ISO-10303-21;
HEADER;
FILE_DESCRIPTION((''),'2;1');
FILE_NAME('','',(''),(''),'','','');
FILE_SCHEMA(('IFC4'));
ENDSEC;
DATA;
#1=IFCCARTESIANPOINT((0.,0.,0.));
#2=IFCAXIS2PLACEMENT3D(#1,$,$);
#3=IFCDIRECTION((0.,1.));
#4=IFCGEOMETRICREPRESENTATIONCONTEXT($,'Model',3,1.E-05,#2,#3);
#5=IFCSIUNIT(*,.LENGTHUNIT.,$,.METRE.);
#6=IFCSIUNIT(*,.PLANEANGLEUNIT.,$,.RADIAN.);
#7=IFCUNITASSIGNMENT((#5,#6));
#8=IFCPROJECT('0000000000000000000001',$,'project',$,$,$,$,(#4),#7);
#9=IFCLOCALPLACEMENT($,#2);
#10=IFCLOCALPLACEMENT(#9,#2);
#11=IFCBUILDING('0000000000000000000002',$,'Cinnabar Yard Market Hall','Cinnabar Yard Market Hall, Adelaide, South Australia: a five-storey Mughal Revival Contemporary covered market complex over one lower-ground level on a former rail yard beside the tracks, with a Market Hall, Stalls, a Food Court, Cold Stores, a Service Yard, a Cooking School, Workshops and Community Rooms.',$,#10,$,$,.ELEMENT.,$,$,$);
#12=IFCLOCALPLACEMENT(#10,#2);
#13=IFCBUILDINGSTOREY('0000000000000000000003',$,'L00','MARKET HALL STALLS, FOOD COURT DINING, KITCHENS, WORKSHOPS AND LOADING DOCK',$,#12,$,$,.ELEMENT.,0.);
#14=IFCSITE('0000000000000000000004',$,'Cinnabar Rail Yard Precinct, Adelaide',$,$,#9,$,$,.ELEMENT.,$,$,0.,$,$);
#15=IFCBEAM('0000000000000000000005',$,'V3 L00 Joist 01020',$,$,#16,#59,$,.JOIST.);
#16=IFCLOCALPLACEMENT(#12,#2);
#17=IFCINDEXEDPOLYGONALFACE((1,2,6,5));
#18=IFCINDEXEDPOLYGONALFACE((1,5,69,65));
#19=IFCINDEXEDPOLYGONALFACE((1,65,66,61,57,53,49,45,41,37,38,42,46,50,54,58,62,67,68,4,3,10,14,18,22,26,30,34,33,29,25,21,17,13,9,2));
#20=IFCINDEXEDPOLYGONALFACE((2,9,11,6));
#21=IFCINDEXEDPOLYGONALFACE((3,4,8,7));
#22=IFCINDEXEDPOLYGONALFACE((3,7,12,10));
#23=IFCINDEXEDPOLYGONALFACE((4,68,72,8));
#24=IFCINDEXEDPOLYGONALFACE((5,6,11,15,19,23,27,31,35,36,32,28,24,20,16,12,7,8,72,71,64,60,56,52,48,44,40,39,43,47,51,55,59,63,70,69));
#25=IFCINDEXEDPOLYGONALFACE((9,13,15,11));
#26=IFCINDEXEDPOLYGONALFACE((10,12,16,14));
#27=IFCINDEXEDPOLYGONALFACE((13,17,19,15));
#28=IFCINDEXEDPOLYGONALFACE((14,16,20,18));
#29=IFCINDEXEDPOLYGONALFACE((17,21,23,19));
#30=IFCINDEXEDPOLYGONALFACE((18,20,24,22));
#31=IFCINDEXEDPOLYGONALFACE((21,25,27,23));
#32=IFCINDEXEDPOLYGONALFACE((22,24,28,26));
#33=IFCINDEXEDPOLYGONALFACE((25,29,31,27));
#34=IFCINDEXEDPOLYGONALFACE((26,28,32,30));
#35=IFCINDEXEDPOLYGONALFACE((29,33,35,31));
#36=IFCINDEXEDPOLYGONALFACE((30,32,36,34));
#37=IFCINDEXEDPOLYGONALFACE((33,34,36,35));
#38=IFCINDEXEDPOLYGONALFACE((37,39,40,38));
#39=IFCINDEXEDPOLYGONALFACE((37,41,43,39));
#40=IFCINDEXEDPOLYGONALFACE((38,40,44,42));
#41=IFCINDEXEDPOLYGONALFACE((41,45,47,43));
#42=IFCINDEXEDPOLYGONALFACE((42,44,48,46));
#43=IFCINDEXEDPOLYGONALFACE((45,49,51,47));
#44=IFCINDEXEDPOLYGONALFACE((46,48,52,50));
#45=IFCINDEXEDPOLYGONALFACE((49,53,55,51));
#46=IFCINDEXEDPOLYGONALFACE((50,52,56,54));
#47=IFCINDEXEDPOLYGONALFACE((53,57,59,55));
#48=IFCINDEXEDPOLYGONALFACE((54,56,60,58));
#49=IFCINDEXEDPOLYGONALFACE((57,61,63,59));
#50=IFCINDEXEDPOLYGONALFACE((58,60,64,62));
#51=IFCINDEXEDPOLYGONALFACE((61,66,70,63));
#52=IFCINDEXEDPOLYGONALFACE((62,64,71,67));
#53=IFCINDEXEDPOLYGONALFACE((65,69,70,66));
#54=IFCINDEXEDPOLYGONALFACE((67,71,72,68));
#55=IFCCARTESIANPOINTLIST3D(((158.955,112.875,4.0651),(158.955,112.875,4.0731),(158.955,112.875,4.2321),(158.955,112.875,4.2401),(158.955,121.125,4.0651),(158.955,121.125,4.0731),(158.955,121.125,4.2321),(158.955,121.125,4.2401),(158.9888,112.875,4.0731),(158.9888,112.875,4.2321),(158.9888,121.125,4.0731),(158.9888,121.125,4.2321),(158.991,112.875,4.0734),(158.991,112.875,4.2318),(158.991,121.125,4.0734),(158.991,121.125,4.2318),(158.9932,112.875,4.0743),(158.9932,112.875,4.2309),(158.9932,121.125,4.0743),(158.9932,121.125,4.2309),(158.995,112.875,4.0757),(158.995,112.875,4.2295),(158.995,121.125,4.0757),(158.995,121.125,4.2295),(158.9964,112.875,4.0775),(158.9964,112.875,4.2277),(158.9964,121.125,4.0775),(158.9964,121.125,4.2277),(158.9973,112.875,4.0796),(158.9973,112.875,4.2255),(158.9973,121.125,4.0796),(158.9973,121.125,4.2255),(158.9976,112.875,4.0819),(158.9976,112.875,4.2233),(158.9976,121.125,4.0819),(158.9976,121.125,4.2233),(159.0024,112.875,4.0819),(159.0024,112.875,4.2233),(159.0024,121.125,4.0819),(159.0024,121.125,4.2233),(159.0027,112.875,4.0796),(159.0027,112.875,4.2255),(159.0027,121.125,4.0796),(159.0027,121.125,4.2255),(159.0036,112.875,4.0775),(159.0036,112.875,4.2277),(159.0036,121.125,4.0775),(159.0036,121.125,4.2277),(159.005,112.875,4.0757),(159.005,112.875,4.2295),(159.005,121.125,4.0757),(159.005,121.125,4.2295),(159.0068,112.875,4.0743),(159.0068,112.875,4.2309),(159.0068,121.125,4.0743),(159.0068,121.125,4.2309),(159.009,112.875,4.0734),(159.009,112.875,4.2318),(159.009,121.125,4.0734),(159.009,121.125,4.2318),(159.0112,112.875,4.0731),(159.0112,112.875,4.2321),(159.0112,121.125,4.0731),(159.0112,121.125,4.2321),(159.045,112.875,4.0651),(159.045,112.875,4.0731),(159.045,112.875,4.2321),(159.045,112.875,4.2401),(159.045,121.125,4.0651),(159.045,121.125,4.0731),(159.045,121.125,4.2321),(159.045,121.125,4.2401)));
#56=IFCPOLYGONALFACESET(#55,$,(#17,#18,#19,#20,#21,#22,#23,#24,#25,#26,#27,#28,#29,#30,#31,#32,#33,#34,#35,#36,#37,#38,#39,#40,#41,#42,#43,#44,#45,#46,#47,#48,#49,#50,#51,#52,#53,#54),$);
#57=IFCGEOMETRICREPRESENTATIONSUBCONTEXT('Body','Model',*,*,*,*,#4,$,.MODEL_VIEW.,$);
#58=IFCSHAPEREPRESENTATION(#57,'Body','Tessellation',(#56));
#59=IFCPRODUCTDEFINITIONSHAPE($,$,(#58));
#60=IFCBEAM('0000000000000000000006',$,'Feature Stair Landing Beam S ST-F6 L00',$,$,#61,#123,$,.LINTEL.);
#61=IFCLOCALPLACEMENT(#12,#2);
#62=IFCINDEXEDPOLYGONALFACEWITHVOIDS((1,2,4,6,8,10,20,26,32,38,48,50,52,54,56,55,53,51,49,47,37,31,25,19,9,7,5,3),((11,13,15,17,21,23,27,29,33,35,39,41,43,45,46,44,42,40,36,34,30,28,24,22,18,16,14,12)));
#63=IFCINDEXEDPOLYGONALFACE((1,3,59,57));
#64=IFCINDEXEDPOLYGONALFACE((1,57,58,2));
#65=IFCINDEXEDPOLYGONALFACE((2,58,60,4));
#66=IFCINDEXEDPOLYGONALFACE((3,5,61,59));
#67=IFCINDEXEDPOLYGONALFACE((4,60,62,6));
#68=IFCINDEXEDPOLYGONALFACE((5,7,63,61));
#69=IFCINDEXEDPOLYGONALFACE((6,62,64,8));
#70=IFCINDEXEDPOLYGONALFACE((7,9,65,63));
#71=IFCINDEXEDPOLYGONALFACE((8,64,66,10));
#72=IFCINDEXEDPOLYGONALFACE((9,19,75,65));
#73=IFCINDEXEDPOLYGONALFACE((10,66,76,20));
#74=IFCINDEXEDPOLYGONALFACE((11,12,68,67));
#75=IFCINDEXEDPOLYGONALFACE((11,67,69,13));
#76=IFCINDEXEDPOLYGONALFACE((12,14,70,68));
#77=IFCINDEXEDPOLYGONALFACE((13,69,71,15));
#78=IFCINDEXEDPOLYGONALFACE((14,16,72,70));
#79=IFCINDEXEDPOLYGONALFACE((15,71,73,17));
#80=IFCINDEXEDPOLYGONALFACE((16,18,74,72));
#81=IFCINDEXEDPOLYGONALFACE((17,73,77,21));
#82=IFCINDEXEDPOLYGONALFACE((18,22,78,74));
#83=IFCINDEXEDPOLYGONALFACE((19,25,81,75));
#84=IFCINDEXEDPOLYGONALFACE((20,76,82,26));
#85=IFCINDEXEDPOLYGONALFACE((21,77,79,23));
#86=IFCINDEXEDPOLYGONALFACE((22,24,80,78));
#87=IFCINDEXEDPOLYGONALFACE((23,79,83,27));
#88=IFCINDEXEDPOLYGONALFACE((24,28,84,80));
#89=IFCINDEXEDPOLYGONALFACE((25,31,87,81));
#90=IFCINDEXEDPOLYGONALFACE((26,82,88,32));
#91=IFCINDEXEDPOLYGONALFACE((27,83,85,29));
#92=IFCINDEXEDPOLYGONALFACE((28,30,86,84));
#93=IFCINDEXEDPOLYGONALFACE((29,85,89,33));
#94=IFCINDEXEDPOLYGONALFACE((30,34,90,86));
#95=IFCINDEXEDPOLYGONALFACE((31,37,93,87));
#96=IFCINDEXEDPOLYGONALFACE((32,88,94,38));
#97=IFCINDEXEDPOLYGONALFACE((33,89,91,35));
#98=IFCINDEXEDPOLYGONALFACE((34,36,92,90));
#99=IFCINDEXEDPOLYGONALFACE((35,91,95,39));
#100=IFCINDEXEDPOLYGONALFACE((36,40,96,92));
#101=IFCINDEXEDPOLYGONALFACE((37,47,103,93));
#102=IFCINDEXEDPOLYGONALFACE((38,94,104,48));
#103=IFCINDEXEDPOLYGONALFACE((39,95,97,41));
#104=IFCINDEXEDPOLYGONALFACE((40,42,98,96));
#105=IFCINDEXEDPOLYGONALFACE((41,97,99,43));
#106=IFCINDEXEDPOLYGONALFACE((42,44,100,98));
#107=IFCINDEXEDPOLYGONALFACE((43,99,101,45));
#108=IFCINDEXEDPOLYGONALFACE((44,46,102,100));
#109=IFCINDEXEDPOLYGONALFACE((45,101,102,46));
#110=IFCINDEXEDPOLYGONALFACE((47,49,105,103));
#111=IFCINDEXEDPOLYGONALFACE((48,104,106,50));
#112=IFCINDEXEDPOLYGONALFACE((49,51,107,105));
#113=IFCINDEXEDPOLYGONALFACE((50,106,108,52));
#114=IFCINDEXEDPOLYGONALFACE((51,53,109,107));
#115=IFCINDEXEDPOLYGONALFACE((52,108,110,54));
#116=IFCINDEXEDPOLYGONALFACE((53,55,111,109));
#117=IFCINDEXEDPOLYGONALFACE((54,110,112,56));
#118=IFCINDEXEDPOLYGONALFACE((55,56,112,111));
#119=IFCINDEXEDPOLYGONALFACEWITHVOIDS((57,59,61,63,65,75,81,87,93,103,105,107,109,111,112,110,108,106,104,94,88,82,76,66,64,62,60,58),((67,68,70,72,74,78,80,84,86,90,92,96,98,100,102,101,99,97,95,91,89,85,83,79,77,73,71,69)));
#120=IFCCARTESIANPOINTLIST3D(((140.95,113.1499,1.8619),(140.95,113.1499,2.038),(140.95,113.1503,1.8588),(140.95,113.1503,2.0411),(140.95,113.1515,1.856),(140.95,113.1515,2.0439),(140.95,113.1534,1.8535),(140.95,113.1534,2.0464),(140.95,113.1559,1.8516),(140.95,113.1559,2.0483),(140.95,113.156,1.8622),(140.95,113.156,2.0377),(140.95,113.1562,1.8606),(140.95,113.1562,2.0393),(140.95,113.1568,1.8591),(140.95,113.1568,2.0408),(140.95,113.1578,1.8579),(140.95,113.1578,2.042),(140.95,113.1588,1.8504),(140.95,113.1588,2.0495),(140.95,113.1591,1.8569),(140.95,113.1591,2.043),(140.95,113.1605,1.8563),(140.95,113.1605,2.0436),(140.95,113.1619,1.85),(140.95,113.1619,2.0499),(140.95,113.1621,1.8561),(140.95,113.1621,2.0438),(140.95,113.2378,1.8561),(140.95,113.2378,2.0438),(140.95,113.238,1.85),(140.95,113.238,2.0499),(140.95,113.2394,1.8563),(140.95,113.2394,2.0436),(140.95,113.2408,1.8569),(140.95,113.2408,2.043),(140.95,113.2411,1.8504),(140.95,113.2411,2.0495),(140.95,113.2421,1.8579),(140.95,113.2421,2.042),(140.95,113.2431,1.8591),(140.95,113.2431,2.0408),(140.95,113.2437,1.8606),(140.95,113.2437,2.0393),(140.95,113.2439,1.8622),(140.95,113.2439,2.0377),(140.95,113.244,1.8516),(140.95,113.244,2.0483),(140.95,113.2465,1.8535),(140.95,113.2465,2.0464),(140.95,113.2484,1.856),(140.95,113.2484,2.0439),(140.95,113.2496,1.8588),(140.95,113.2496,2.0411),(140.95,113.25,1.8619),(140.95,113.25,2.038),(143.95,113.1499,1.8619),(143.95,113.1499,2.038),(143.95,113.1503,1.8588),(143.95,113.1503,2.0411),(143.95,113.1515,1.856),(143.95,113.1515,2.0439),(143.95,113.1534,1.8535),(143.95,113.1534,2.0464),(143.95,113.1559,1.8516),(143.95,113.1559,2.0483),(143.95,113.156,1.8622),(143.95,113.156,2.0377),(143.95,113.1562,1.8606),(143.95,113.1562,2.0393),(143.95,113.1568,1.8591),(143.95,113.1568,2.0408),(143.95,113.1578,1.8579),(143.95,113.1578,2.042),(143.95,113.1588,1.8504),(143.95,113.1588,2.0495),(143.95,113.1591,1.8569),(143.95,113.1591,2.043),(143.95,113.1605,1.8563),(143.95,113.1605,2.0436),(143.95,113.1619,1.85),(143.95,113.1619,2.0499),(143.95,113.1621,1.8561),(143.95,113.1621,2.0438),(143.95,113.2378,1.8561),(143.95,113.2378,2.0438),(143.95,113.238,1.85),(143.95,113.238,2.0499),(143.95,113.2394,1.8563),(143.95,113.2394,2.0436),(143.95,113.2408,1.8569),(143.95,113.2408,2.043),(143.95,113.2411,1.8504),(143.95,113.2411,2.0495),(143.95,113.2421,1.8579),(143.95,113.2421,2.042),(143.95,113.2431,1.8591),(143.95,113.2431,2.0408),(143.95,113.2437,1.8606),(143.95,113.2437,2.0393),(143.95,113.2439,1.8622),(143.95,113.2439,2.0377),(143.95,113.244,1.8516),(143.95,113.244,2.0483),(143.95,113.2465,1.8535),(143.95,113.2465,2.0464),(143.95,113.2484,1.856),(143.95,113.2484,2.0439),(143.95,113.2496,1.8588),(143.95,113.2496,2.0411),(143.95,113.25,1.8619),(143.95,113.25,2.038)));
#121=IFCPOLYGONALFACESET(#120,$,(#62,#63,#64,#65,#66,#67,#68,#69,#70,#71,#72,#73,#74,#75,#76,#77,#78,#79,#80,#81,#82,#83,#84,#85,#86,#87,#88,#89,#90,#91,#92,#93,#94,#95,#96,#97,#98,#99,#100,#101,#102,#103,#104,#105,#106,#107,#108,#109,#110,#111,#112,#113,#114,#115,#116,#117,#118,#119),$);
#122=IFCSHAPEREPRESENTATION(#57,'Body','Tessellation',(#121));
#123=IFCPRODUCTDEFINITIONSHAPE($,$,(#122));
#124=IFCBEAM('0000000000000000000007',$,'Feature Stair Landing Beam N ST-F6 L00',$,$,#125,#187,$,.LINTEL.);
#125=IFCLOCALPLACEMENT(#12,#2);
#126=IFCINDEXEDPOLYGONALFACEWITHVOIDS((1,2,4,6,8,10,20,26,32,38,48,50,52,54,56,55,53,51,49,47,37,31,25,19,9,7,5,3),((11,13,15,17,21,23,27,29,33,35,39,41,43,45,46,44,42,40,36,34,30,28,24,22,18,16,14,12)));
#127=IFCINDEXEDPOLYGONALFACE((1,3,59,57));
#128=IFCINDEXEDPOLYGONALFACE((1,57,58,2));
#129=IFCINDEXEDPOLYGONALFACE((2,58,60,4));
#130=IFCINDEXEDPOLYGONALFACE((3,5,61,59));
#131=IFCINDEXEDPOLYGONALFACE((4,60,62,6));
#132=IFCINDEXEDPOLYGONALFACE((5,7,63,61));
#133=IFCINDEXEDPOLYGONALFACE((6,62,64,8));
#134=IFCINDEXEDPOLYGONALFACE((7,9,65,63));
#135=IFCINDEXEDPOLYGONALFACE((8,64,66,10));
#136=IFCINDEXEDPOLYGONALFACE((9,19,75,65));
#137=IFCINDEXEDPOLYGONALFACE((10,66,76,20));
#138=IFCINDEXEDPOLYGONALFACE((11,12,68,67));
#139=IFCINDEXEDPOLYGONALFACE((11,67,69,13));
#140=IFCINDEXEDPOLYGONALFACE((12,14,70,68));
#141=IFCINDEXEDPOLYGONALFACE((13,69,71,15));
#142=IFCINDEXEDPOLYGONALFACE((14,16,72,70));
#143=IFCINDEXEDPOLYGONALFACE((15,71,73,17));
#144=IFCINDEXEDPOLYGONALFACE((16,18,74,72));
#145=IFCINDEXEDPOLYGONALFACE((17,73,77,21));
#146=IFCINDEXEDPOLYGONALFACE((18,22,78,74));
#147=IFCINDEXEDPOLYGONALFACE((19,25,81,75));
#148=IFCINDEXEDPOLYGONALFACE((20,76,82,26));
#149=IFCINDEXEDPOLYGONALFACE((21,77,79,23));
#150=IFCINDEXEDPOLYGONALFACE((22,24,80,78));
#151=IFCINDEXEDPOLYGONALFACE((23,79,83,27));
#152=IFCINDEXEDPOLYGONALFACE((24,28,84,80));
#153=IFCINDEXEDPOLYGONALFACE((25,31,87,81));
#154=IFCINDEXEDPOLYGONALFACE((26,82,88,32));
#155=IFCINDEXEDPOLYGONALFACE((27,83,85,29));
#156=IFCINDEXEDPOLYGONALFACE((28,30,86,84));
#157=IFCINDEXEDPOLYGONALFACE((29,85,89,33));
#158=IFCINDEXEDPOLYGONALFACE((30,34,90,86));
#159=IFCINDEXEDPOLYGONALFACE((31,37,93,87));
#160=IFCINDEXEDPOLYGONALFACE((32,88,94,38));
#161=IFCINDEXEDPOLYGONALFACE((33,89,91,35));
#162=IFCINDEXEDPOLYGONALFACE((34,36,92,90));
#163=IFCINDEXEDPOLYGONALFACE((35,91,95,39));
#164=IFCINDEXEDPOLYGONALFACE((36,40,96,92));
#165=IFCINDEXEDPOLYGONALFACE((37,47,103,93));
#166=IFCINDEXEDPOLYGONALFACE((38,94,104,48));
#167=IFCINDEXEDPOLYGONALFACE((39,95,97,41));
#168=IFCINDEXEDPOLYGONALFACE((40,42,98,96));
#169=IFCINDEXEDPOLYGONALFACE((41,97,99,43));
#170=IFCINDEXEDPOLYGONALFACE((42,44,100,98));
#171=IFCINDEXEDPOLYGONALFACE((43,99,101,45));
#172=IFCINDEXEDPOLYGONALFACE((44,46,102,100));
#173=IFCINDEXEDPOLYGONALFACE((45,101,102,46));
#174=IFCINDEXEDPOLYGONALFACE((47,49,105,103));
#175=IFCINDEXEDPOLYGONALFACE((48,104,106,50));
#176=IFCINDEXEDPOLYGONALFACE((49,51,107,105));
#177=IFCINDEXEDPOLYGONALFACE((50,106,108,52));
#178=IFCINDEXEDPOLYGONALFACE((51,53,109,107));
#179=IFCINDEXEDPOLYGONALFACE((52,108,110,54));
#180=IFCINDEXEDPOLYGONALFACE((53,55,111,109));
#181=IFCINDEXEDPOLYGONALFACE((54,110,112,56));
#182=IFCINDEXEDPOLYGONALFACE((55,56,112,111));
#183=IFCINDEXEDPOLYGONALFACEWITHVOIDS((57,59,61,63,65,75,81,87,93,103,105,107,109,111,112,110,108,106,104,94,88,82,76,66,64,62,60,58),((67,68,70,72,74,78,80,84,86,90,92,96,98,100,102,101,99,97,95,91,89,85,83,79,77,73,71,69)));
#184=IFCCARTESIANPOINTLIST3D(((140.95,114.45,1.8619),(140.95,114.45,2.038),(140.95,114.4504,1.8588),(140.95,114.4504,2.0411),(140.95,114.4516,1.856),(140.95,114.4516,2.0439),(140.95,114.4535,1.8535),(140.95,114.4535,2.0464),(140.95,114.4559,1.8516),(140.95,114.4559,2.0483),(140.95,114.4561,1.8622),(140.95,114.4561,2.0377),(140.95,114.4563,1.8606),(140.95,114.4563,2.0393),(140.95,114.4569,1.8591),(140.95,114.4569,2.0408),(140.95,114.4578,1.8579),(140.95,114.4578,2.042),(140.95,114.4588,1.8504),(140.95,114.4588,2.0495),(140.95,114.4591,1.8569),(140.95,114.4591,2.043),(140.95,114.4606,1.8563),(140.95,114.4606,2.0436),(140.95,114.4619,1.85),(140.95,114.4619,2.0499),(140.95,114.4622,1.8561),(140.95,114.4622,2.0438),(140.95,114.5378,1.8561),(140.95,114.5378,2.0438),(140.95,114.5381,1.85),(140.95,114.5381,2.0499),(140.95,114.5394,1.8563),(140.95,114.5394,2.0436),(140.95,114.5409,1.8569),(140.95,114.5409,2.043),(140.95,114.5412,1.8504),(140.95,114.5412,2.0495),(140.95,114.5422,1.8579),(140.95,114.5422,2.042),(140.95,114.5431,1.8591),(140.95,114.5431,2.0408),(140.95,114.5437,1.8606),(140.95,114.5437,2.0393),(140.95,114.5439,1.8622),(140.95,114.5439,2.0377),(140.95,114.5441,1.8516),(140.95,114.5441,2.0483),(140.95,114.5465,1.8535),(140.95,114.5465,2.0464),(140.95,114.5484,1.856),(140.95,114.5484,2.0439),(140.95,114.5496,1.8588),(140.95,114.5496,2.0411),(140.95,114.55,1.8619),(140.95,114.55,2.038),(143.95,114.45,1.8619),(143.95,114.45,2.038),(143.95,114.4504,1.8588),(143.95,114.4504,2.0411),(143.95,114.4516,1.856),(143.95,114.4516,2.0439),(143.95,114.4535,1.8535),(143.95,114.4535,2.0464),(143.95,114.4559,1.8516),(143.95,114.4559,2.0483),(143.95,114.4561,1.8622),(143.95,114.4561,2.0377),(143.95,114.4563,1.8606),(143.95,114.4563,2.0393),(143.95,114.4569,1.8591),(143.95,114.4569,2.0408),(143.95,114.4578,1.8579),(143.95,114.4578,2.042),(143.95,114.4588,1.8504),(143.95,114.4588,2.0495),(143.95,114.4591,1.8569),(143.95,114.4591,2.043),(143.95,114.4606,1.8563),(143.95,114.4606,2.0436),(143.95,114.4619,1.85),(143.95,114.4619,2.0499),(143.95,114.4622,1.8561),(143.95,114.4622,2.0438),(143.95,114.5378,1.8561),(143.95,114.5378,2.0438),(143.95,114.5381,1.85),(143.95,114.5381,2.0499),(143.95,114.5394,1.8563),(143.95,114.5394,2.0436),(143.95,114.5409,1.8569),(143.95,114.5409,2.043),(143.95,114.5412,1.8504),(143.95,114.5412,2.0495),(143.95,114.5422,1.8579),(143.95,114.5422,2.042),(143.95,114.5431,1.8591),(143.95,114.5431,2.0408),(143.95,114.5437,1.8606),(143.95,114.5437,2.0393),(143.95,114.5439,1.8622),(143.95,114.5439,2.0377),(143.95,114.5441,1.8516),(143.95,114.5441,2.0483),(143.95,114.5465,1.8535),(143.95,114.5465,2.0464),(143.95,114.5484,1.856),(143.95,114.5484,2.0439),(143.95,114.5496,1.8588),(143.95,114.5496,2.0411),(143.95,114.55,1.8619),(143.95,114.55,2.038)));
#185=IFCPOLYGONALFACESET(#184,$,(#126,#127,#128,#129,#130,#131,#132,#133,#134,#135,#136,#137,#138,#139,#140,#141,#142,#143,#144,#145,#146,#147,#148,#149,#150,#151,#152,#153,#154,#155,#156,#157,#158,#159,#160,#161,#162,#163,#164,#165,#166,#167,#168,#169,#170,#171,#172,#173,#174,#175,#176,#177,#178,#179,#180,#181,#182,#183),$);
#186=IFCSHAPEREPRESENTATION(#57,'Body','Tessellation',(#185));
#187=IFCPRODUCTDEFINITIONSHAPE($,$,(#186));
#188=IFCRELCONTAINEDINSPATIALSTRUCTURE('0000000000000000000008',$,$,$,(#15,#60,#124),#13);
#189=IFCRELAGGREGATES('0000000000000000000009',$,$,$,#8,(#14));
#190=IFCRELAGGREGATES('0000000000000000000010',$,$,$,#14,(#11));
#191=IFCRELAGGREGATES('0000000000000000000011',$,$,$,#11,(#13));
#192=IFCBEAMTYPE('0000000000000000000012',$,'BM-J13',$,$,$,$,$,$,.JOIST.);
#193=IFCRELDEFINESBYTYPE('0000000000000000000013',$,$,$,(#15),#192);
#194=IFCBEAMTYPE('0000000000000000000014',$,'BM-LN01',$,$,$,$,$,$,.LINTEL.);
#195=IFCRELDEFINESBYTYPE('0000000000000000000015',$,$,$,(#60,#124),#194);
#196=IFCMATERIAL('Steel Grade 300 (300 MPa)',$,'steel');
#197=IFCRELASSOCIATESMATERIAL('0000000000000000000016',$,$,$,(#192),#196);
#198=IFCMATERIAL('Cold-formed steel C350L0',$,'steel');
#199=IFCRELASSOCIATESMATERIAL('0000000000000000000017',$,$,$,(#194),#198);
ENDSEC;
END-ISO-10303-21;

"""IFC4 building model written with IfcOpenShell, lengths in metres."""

from ifc_helpers import new_model, si_unit, direction, frame, origin, origin_2d_with_axis, place, context, subcontext, project, spatial, hollow_rectangle, i_section, extrude, material, material_profile, profile_set, type_object, element, save


model = new_model("IFC4")

# Units and contexts
model_context = context("Model", 3, precision=1e-05, world=origin(), true_north=direction((0.0, 1.0)))
body_context = subcontext(model_context, "Body", "Model", "MODEL_VIEW")
ifc_project = project(units=[si_unit("LENGTHUNIT", "METRE"), si_unit("PLANEANGLEUNIT", "RADIAN")], contexts=[model_context])

# Site, building, storey
site_placement = place(None, origin())
site = spatial("IfcSite", under=ifc_project, at=site_placement, Name="Cinnabar Rail Yard Precinct, Adelaide", CompositionType="ELEMENT", RefElevation=0.0)
building_placement = place(site_placement, origin())
building = spatial("IfcBuilding", under=site, at=building_placement, Name="Cinnabar Yard Market Hall", Description="Cinnabar Yard Market Hall, Adelaide, South Australia: a five-storey Mughal Revival Contemporary covered market complex over one lower-ground level on a former rail yard beside the tracks, with a Market Hall, Stalls, a Food Court, Cold Stores, a Service Yard, a Cooking School, Workshops and Community Rooms.", CompositionType="ELEMENT")
storey_placement = place(building_placement, origin())
storey = spatial("IfcBuildingStorey", under=building, at=storey_placement, Name="L00", Description="MARKET HALL STALLS, FOOD COURT DINING, KITCHENS, WORKSHOPS AND LOADING DOCK", CompositionType="ELEMENT", Elevation=0.0)

# Shared definitions
ifc_material_1 = material(Name="Steel Grade 300 (300 MPa)", Category="steel")
ifc_material_2 = material(Name="Cold-formed steel C350L0", Category="steel")

# Beams
ifc_material_profile_1 = material_profile(ifc_material_1, i_section(OverallWidth=0.0901, OverallDepth=0.175, WebThickness=0.0049, FlangeThickness=0.0081, FilletRadius=0.0088, at=origin_2d_with_axis()), Name="180UB18.1")
ifc_profile_set_1 = profile_set([ifc_material_profile_1], Name="Steel Grade 300 (300 MPa)")
beam_type_1 = type_object("IfcBeamType", Name="BM-J13", PredefinedType="JOIST", material=ifc_profile_set_1)
beam_1_placement = place(storey_placement, frame((159.0, 112.875, 4.1526), z_axis=(0.0, 1.0, 0.0), x_axis=(-1.0, 0.0, 0.0)))
element("IfcBeam", 1, at=beam_1_placement, inside=storey, type_object=beam_type_1, Name="V3 L00 Joist 01020", PredefinedType="JOIST", context=body_context, shape_type="SweptSolid", body=[
    extrude(i_section(OverallWidth=0.0901, OverallDepth=0.175, WebThickness=0.0049, FlangeThickness=0.0081, FilletRadius=0.0088, at=origin_2d_with_axis()), origin(), (0.0, 0.0, 1.0), 8.25),
])
ifc_material_profile_2 = material_profile(ifc_material_2, hollow_rectangle(XDim=0.1001, YDim=0.2, WallThickness=0.0061, InnerFilletRadius=0.0061, OuterFilletRadius=0.012, at=origin_2d_with_axis()), Name="200x100x6.0RHS")
ifc_profile_set_2 = profile_set([ifc_material_profile_2], Name="Cold-formed steel C350L0")
beam_type_2 = type_object("IfcBeamType", Name="BM-LN01", PredefinedType="LINTEL", material=ifc_profile_set_2)
for number, where, z_axis, x_axis, name in (
    (2, (140.95, 113.2, 1.95), (1.0, 0.0, 0.0), (0.0, 1.0, 0.0), "Feature Stair Landing Beam S ST-F6 L00"),
    (3, (140.95, 114.5, 1.95), (1.0, 0.0, 0.0), (0.0, 1.0, 0.0), "Feature Stair Landing Beam N ST-F6 L00"),
):
    element("IfcBeam", number, at=place(storey_placement, frame(where, z_axis=z_axis, x_axis=x_axis)), inside=storey, type_object=beam_type_2, Name=name, PredefinedType="LINTEL", context=body_context, shape_type="SweptSolid", body=[
        extrude(hollow_rectangle(XDim=0.1001, YDim=0.2, WallThickness=0.0061, InnerFilletRadius=0.0061, OuterFilletRadius=0.012, at=origin_2d_with_axis()), origin(), (0.0, 0.0, 1.0), 3.0),
    ])

save(model, "model.ifc")
